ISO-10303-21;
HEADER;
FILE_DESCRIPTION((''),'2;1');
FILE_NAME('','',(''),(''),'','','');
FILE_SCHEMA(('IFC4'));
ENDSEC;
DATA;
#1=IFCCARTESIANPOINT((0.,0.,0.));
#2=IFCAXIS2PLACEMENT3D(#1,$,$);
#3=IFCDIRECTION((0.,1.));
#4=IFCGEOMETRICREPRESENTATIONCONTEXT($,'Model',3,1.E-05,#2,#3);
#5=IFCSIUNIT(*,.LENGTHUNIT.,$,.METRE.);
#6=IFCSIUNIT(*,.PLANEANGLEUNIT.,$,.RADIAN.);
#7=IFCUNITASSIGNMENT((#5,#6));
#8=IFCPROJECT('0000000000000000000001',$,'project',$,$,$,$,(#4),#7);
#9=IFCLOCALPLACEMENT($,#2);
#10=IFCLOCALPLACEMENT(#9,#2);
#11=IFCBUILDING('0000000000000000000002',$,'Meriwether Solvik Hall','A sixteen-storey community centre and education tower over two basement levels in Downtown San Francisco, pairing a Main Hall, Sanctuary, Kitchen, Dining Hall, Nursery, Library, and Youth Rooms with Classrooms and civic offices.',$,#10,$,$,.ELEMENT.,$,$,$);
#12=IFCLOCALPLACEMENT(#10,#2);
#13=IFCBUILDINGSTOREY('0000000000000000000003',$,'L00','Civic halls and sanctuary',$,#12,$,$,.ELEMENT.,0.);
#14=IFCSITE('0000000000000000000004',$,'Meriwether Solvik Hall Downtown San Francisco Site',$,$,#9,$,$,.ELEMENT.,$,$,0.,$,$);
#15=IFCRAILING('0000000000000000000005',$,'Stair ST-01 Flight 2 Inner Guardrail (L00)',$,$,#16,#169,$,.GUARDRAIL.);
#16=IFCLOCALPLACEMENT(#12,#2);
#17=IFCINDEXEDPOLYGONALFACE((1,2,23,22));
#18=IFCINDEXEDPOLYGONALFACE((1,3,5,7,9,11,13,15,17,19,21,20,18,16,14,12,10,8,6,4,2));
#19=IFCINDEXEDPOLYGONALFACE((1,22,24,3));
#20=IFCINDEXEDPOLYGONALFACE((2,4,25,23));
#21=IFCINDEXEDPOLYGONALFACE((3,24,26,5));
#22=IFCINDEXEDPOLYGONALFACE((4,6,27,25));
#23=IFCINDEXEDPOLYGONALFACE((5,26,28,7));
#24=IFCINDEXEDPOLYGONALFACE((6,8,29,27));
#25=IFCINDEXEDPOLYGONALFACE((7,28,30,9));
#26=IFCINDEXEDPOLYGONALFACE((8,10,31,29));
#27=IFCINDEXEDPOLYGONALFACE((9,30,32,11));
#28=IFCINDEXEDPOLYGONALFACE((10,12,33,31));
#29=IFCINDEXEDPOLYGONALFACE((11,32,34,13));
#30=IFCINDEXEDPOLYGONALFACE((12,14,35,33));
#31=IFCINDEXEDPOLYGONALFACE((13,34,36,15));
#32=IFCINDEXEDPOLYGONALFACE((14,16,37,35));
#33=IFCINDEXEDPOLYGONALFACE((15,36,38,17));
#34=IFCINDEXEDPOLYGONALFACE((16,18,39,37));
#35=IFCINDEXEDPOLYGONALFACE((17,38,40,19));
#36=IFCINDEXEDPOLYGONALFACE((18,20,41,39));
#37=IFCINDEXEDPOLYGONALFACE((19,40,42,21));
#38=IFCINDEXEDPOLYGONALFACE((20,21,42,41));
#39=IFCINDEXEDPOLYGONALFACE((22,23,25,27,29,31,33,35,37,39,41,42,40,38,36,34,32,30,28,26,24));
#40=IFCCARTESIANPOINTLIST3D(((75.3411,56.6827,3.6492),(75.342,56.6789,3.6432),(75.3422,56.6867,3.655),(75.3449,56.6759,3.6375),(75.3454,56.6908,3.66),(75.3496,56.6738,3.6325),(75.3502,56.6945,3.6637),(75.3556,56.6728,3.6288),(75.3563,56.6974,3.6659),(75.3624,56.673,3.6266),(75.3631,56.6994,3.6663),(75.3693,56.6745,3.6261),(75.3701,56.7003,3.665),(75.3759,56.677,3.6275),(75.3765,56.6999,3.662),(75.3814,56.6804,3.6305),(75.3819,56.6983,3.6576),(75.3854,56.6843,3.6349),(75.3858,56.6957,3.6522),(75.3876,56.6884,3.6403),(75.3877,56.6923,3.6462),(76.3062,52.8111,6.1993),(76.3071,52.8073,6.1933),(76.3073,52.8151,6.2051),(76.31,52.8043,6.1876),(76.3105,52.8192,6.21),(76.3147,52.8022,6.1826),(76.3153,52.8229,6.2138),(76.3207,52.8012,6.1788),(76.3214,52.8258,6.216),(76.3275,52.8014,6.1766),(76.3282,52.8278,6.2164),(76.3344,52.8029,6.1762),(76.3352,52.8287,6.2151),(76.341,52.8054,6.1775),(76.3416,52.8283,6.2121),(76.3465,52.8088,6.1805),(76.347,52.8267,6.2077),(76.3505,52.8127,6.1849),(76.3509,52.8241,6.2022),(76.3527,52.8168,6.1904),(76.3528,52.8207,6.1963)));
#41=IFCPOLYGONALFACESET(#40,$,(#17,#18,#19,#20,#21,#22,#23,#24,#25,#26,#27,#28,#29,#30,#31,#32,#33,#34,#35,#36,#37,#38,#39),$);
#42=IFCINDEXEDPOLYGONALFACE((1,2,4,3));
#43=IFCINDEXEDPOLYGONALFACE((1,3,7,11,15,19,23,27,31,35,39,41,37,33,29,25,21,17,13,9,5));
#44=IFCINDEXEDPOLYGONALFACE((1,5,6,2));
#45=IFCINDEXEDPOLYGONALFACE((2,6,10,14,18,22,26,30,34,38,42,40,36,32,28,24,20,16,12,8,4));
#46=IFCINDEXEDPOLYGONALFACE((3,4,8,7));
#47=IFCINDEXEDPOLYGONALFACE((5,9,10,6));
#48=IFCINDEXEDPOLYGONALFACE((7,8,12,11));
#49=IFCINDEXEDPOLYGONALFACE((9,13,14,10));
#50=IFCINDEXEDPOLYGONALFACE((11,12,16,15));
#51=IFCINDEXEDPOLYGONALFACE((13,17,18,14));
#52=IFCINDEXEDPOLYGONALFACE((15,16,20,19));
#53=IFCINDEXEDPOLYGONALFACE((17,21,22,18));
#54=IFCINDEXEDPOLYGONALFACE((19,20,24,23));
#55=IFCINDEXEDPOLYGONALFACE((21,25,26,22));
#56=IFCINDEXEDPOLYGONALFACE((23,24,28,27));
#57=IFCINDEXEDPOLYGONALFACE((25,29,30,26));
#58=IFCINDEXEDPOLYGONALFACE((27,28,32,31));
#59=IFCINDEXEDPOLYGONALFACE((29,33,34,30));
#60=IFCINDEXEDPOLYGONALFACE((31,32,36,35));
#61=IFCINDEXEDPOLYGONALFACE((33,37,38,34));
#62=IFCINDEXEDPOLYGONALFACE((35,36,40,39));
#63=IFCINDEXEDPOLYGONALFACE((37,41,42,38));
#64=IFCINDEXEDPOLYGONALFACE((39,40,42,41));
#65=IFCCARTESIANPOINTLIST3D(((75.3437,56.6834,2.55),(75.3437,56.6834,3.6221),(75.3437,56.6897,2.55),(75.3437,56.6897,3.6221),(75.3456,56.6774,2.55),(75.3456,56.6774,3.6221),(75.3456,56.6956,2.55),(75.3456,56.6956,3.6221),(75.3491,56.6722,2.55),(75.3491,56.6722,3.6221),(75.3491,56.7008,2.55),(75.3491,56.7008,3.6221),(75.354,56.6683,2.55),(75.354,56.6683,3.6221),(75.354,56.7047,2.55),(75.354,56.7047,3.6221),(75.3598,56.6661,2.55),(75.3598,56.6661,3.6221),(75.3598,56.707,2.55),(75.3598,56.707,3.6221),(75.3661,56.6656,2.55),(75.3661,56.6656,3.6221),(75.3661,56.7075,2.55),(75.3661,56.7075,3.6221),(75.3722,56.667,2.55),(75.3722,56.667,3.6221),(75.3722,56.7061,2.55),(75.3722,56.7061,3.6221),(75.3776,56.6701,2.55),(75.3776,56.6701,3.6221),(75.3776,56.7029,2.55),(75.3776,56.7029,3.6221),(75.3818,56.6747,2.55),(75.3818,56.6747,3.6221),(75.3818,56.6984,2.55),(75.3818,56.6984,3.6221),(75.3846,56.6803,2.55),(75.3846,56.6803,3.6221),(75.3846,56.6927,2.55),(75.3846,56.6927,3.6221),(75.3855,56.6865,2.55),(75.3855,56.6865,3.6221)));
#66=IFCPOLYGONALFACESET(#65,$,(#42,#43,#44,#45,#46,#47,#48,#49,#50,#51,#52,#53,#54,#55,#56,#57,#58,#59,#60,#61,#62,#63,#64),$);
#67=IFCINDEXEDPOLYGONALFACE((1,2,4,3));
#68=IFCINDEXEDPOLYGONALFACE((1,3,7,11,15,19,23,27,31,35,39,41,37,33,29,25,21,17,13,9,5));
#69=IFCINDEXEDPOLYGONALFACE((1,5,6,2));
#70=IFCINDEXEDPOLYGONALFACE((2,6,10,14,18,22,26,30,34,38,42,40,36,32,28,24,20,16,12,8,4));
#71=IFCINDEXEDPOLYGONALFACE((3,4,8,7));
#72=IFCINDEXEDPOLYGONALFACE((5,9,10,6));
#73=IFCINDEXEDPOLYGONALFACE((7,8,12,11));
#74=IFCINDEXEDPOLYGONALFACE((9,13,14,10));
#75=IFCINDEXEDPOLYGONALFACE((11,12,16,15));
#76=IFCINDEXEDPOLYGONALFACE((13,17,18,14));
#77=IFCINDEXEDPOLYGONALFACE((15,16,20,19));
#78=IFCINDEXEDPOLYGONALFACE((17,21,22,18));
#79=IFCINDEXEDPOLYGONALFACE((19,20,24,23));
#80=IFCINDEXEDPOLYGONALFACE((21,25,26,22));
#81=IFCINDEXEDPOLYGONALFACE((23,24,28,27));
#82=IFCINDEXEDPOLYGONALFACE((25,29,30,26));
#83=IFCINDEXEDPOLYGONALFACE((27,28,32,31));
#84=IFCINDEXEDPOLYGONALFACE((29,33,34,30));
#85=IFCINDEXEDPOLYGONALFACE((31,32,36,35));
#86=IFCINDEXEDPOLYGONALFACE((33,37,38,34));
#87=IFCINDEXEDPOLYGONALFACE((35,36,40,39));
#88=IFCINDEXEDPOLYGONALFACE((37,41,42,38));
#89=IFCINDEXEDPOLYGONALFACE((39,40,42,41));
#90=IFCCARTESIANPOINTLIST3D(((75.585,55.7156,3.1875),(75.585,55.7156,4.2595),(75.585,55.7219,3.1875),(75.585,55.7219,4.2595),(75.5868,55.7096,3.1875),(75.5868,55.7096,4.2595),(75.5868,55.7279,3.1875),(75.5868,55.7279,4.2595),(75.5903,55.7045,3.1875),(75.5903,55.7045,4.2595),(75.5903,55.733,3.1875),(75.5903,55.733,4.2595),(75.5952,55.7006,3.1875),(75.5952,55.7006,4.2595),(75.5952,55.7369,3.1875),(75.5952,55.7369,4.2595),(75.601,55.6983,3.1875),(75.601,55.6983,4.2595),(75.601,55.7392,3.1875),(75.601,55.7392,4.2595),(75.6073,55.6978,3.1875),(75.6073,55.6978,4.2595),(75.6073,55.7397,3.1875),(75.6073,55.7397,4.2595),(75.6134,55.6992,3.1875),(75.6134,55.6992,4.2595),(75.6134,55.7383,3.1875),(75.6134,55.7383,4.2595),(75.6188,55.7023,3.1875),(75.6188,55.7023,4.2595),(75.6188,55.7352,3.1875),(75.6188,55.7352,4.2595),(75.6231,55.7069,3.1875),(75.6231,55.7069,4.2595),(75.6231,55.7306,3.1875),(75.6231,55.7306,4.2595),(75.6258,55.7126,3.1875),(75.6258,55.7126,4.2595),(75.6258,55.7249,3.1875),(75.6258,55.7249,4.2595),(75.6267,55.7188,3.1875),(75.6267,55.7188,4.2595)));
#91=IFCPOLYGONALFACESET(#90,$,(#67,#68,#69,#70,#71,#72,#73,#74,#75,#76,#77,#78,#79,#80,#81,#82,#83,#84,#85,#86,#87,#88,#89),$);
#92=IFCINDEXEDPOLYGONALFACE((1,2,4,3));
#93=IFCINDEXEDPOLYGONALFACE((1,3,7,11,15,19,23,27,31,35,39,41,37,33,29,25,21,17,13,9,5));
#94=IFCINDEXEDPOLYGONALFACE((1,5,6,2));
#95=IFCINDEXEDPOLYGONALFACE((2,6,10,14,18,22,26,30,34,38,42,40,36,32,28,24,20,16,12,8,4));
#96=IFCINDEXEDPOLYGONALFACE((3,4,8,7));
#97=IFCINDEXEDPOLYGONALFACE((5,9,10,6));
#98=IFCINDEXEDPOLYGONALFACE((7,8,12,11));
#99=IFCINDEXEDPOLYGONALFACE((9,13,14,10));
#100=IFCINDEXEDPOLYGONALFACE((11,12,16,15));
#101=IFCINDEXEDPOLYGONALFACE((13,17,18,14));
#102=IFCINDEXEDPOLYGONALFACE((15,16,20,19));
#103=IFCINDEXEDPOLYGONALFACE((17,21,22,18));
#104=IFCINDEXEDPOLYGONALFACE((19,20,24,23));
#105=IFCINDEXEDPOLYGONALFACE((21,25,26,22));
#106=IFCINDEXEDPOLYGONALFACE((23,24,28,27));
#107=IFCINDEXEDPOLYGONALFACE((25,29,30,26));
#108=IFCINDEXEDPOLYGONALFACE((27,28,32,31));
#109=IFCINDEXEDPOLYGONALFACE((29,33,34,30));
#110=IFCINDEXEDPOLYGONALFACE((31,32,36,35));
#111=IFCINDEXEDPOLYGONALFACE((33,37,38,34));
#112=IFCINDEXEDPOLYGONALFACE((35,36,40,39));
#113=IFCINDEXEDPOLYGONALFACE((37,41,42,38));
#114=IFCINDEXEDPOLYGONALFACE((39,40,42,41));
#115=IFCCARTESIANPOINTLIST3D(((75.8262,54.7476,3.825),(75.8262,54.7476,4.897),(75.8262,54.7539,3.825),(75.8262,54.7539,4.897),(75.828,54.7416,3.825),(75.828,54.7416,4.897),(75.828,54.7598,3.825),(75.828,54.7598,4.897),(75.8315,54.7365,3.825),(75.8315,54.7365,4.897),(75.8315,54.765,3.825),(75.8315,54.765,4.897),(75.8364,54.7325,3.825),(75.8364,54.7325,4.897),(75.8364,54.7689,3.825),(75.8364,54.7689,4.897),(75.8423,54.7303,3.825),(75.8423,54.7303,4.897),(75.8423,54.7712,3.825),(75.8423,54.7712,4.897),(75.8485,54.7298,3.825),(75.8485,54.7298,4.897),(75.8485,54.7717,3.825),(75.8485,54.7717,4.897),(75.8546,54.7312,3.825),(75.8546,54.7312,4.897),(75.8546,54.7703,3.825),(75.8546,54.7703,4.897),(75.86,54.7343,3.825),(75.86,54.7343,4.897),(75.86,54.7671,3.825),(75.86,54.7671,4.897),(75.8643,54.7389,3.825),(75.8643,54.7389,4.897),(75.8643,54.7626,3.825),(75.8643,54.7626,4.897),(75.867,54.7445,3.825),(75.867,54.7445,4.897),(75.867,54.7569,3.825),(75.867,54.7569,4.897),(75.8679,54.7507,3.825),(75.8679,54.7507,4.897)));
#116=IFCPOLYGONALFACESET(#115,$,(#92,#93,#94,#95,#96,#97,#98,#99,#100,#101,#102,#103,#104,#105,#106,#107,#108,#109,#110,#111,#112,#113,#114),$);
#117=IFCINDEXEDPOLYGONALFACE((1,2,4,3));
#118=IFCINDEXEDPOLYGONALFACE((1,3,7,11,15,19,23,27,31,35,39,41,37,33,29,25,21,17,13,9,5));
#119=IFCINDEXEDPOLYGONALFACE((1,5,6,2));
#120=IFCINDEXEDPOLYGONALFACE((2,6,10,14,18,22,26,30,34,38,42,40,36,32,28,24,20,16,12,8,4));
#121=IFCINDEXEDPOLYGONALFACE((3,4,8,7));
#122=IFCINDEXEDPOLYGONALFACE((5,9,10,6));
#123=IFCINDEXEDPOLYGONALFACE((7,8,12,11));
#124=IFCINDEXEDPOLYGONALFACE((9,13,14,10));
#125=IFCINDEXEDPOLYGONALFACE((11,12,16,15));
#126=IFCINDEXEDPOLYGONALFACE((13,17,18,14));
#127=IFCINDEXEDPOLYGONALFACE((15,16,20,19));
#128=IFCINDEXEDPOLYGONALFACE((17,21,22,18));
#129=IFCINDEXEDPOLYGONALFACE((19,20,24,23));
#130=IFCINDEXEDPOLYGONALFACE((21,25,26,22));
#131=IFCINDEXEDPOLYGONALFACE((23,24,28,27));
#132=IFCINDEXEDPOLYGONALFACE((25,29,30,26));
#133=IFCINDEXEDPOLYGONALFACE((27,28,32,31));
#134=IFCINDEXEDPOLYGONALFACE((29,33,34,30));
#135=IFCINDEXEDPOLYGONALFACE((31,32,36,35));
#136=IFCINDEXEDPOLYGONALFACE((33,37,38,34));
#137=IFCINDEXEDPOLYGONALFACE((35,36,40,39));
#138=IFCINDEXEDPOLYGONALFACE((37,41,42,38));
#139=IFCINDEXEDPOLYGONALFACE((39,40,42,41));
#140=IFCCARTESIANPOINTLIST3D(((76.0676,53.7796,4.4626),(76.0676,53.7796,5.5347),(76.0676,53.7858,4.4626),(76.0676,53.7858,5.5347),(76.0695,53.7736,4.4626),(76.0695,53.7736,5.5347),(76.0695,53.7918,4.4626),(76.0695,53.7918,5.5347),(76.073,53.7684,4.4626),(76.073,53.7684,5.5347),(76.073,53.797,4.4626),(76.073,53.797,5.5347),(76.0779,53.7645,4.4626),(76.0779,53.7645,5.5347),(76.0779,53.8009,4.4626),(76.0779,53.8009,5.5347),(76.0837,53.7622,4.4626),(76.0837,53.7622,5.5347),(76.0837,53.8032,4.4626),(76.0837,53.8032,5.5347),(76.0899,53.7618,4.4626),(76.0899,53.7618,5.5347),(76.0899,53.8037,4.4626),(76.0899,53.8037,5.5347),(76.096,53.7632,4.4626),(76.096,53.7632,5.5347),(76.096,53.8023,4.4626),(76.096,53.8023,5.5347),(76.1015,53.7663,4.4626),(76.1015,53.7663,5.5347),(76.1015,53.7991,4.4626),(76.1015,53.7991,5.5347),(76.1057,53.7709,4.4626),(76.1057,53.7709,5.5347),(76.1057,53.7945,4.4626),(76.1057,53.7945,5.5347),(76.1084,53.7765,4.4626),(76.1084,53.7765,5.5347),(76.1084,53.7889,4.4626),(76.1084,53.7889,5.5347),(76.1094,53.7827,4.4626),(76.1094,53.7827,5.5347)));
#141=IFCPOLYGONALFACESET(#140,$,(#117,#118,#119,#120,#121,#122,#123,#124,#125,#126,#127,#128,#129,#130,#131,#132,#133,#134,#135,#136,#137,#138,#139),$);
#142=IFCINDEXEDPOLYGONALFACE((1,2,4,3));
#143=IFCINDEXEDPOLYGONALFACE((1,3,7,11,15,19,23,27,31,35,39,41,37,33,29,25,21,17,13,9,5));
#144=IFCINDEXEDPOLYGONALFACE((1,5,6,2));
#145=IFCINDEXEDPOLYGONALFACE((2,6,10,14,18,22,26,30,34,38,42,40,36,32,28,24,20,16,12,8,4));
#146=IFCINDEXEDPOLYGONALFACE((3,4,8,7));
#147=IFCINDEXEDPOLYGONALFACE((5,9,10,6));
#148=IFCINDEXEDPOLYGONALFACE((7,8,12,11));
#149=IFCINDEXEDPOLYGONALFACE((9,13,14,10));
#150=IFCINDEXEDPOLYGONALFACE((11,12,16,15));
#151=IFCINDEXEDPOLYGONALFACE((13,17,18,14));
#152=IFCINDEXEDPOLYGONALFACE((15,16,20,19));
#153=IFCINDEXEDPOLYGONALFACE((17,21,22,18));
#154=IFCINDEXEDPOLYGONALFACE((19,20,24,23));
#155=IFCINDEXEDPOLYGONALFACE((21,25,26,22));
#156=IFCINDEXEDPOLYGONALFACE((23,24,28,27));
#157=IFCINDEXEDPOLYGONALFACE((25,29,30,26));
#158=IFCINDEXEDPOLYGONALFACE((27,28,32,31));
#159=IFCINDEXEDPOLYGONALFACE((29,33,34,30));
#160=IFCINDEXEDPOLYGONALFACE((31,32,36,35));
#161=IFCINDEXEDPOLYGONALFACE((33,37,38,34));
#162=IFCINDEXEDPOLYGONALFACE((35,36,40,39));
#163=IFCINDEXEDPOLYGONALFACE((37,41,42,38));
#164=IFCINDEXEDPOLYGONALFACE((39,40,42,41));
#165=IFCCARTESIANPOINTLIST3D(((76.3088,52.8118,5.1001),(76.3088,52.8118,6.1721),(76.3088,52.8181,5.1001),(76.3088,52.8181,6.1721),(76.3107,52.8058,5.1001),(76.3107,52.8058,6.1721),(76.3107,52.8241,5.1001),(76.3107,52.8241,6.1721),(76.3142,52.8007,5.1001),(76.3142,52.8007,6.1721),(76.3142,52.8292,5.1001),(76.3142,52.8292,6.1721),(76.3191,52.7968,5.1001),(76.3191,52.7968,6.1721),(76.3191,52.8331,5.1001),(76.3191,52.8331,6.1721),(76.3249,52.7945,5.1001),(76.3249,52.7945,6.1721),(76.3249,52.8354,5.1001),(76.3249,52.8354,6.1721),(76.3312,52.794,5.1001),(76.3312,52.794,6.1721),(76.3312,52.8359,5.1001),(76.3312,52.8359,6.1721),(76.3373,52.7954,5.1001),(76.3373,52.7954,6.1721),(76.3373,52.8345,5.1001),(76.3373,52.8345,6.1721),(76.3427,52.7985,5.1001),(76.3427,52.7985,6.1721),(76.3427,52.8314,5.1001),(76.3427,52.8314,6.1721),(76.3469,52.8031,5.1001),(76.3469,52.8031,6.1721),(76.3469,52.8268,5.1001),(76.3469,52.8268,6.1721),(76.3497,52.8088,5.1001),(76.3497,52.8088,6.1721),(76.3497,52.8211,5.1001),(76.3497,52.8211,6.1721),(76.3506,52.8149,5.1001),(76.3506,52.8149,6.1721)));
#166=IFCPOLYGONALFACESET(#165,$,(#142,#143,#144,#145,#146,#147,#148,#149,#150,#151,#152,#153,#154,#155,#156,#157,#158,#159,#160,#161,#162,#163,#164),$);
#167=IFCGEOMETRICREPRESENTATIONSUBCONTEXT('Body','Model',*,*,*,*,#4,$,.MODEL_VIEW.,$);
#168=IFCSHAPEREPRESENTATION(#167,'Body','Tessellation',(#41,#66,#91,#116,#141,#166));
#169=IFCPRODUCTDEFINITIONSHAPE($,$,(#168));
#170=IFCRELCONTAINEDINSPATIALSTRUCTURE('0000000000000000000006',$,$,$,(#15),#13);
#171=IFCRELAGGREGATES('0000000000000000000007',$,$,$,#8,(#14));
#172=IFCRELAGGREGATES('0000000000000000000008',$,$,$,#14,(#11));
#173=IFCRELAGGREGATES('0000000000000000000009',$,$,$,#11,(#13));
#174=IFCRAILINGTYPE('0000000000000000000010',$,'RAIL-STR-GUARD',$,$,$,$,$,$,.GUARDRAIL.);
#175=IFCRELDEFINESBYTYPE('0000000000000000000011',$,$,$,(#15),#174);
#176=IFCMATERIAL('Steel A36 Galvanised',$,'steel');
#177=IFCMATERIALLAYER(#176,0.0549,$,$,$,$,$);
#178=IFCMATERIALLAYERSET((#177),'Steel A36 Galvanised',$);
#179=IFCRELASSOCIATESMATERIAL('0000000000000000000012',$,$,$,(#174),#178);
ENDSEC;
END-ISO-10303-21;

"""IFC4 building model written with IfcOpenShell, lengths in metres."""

from ifc_helpers import new_model, si_unit, direction, frame, origin, origin_2d, place, context, subcontext, project, spatial, circle, extrude, material, layer, layer_set, type_object, element, save


model = new_model("IFC4")

# Units and contexts
model_context = context("Model", 3, precision=1e-05, world=origin(), true_north=direction((0.0, 1.0)))
body_context = subcontext(model_context, "Body", "Model", "MODEL_VIEW")
ifc_project = project(units=[si_unit("LENGTHUNIT", "METRE"), si_unit("PLANEANGLEUNIT", "RADIAN")], contexts=[model_context])

# Site, building, storey
site_placement = place(None, origin())
site = spatial("IfcSite", under=ifc_project, at=site_placement, Name="Meriwether Solvik Hall Downtown San Francisco Site", CompositionType="ELEMENT", RefElevation=0.0)
building_placement = place(site_placement, origin())
building = spatial("IfcBuilding", under=site, at=building_placement, Name="Meriwether Solvik Hall", Description="A sixteen-storey community centre and education tower over two basement levels in Downtown San Francisco, pairing a Main Hall, Sanctuary, Kitchen, Dining Hall, Nursery, Library, and Youth Rooms with Classrooms and civic offices.", CompositionType="ELEMENT")
storey_placement = place(building_placement, origin())
storey = spatial("IfcBuildingStorey", under=building, at=storey_placement, Name="L00", Description="Civic halls and sanctuary", CompositionType="ELEMENT", Elevation=0.0)

# Railing
ifc_material_1 = material(Name="Steel A36 Galvanised", Category="steel")
ifc_layer_1 = layer(ifc_material_1, 0.0549)
ifc_layer_set_1 = layer_set([ifc_layer_1], Name="Steel A36 Galvanised")
railing_type_1 = type_object("IfcRailingType", Name="RAIL-STR-GUARD", PredefinedType="GUARDRAIL", material=ifc_layer_set_1)
railing_1_placement = place(storey_placement, frame((75.3645, 56.6865, 2.55)))
element("IfcRailing", 1, at=railing_1_placement, inside=storey, type_object=railing_type_1, Name="Stair ST-01 Flight 2 Inner Guardrail (L00)", PredefinedType="GUARDRAIL", context=body_context, shape_type="SweptSolid", body=[
    extrude(circle(Radius=0.0239, at=origin_2d()), frame((0.0, 0.0, 1.0962), z_axis=(0.203806, -0.817596, 0.538516), x_axis=(0.970308, 0.241873, 0.0)), (0.0, 0.0, 1.0), 4.7354),
    extrude(circle(Radius=0.021, at=origin_2d()), origin(), (0.0, 0.0, 1.0), 1.072),
    extrude(circle(Radius=0.021, at=origin_2d()), frame((0.2412, -0.9678, 0.6375)), (0.0, 0.0, 1.0), 1.072),
    extrude(circle(Radius=0.021, at=origin_2d()), frame((0.4824, -1.9358, 1.2749)), (0.0, 0.0, 1.0), 1.072),
    extrude(circle(Radius=0.021, at=origin_2d()), frame((0.7239, -2.9038, 1.9126)), (0.0, 0.0, 1.0), 1.072),
    extrude(circle(Radius=0.021, at=origin_2d()), frame((0.9651, -3.8716, 2.55)), (0.0, 0.0, 1.0), 1.072),
])

save(model, "model.ifc")
